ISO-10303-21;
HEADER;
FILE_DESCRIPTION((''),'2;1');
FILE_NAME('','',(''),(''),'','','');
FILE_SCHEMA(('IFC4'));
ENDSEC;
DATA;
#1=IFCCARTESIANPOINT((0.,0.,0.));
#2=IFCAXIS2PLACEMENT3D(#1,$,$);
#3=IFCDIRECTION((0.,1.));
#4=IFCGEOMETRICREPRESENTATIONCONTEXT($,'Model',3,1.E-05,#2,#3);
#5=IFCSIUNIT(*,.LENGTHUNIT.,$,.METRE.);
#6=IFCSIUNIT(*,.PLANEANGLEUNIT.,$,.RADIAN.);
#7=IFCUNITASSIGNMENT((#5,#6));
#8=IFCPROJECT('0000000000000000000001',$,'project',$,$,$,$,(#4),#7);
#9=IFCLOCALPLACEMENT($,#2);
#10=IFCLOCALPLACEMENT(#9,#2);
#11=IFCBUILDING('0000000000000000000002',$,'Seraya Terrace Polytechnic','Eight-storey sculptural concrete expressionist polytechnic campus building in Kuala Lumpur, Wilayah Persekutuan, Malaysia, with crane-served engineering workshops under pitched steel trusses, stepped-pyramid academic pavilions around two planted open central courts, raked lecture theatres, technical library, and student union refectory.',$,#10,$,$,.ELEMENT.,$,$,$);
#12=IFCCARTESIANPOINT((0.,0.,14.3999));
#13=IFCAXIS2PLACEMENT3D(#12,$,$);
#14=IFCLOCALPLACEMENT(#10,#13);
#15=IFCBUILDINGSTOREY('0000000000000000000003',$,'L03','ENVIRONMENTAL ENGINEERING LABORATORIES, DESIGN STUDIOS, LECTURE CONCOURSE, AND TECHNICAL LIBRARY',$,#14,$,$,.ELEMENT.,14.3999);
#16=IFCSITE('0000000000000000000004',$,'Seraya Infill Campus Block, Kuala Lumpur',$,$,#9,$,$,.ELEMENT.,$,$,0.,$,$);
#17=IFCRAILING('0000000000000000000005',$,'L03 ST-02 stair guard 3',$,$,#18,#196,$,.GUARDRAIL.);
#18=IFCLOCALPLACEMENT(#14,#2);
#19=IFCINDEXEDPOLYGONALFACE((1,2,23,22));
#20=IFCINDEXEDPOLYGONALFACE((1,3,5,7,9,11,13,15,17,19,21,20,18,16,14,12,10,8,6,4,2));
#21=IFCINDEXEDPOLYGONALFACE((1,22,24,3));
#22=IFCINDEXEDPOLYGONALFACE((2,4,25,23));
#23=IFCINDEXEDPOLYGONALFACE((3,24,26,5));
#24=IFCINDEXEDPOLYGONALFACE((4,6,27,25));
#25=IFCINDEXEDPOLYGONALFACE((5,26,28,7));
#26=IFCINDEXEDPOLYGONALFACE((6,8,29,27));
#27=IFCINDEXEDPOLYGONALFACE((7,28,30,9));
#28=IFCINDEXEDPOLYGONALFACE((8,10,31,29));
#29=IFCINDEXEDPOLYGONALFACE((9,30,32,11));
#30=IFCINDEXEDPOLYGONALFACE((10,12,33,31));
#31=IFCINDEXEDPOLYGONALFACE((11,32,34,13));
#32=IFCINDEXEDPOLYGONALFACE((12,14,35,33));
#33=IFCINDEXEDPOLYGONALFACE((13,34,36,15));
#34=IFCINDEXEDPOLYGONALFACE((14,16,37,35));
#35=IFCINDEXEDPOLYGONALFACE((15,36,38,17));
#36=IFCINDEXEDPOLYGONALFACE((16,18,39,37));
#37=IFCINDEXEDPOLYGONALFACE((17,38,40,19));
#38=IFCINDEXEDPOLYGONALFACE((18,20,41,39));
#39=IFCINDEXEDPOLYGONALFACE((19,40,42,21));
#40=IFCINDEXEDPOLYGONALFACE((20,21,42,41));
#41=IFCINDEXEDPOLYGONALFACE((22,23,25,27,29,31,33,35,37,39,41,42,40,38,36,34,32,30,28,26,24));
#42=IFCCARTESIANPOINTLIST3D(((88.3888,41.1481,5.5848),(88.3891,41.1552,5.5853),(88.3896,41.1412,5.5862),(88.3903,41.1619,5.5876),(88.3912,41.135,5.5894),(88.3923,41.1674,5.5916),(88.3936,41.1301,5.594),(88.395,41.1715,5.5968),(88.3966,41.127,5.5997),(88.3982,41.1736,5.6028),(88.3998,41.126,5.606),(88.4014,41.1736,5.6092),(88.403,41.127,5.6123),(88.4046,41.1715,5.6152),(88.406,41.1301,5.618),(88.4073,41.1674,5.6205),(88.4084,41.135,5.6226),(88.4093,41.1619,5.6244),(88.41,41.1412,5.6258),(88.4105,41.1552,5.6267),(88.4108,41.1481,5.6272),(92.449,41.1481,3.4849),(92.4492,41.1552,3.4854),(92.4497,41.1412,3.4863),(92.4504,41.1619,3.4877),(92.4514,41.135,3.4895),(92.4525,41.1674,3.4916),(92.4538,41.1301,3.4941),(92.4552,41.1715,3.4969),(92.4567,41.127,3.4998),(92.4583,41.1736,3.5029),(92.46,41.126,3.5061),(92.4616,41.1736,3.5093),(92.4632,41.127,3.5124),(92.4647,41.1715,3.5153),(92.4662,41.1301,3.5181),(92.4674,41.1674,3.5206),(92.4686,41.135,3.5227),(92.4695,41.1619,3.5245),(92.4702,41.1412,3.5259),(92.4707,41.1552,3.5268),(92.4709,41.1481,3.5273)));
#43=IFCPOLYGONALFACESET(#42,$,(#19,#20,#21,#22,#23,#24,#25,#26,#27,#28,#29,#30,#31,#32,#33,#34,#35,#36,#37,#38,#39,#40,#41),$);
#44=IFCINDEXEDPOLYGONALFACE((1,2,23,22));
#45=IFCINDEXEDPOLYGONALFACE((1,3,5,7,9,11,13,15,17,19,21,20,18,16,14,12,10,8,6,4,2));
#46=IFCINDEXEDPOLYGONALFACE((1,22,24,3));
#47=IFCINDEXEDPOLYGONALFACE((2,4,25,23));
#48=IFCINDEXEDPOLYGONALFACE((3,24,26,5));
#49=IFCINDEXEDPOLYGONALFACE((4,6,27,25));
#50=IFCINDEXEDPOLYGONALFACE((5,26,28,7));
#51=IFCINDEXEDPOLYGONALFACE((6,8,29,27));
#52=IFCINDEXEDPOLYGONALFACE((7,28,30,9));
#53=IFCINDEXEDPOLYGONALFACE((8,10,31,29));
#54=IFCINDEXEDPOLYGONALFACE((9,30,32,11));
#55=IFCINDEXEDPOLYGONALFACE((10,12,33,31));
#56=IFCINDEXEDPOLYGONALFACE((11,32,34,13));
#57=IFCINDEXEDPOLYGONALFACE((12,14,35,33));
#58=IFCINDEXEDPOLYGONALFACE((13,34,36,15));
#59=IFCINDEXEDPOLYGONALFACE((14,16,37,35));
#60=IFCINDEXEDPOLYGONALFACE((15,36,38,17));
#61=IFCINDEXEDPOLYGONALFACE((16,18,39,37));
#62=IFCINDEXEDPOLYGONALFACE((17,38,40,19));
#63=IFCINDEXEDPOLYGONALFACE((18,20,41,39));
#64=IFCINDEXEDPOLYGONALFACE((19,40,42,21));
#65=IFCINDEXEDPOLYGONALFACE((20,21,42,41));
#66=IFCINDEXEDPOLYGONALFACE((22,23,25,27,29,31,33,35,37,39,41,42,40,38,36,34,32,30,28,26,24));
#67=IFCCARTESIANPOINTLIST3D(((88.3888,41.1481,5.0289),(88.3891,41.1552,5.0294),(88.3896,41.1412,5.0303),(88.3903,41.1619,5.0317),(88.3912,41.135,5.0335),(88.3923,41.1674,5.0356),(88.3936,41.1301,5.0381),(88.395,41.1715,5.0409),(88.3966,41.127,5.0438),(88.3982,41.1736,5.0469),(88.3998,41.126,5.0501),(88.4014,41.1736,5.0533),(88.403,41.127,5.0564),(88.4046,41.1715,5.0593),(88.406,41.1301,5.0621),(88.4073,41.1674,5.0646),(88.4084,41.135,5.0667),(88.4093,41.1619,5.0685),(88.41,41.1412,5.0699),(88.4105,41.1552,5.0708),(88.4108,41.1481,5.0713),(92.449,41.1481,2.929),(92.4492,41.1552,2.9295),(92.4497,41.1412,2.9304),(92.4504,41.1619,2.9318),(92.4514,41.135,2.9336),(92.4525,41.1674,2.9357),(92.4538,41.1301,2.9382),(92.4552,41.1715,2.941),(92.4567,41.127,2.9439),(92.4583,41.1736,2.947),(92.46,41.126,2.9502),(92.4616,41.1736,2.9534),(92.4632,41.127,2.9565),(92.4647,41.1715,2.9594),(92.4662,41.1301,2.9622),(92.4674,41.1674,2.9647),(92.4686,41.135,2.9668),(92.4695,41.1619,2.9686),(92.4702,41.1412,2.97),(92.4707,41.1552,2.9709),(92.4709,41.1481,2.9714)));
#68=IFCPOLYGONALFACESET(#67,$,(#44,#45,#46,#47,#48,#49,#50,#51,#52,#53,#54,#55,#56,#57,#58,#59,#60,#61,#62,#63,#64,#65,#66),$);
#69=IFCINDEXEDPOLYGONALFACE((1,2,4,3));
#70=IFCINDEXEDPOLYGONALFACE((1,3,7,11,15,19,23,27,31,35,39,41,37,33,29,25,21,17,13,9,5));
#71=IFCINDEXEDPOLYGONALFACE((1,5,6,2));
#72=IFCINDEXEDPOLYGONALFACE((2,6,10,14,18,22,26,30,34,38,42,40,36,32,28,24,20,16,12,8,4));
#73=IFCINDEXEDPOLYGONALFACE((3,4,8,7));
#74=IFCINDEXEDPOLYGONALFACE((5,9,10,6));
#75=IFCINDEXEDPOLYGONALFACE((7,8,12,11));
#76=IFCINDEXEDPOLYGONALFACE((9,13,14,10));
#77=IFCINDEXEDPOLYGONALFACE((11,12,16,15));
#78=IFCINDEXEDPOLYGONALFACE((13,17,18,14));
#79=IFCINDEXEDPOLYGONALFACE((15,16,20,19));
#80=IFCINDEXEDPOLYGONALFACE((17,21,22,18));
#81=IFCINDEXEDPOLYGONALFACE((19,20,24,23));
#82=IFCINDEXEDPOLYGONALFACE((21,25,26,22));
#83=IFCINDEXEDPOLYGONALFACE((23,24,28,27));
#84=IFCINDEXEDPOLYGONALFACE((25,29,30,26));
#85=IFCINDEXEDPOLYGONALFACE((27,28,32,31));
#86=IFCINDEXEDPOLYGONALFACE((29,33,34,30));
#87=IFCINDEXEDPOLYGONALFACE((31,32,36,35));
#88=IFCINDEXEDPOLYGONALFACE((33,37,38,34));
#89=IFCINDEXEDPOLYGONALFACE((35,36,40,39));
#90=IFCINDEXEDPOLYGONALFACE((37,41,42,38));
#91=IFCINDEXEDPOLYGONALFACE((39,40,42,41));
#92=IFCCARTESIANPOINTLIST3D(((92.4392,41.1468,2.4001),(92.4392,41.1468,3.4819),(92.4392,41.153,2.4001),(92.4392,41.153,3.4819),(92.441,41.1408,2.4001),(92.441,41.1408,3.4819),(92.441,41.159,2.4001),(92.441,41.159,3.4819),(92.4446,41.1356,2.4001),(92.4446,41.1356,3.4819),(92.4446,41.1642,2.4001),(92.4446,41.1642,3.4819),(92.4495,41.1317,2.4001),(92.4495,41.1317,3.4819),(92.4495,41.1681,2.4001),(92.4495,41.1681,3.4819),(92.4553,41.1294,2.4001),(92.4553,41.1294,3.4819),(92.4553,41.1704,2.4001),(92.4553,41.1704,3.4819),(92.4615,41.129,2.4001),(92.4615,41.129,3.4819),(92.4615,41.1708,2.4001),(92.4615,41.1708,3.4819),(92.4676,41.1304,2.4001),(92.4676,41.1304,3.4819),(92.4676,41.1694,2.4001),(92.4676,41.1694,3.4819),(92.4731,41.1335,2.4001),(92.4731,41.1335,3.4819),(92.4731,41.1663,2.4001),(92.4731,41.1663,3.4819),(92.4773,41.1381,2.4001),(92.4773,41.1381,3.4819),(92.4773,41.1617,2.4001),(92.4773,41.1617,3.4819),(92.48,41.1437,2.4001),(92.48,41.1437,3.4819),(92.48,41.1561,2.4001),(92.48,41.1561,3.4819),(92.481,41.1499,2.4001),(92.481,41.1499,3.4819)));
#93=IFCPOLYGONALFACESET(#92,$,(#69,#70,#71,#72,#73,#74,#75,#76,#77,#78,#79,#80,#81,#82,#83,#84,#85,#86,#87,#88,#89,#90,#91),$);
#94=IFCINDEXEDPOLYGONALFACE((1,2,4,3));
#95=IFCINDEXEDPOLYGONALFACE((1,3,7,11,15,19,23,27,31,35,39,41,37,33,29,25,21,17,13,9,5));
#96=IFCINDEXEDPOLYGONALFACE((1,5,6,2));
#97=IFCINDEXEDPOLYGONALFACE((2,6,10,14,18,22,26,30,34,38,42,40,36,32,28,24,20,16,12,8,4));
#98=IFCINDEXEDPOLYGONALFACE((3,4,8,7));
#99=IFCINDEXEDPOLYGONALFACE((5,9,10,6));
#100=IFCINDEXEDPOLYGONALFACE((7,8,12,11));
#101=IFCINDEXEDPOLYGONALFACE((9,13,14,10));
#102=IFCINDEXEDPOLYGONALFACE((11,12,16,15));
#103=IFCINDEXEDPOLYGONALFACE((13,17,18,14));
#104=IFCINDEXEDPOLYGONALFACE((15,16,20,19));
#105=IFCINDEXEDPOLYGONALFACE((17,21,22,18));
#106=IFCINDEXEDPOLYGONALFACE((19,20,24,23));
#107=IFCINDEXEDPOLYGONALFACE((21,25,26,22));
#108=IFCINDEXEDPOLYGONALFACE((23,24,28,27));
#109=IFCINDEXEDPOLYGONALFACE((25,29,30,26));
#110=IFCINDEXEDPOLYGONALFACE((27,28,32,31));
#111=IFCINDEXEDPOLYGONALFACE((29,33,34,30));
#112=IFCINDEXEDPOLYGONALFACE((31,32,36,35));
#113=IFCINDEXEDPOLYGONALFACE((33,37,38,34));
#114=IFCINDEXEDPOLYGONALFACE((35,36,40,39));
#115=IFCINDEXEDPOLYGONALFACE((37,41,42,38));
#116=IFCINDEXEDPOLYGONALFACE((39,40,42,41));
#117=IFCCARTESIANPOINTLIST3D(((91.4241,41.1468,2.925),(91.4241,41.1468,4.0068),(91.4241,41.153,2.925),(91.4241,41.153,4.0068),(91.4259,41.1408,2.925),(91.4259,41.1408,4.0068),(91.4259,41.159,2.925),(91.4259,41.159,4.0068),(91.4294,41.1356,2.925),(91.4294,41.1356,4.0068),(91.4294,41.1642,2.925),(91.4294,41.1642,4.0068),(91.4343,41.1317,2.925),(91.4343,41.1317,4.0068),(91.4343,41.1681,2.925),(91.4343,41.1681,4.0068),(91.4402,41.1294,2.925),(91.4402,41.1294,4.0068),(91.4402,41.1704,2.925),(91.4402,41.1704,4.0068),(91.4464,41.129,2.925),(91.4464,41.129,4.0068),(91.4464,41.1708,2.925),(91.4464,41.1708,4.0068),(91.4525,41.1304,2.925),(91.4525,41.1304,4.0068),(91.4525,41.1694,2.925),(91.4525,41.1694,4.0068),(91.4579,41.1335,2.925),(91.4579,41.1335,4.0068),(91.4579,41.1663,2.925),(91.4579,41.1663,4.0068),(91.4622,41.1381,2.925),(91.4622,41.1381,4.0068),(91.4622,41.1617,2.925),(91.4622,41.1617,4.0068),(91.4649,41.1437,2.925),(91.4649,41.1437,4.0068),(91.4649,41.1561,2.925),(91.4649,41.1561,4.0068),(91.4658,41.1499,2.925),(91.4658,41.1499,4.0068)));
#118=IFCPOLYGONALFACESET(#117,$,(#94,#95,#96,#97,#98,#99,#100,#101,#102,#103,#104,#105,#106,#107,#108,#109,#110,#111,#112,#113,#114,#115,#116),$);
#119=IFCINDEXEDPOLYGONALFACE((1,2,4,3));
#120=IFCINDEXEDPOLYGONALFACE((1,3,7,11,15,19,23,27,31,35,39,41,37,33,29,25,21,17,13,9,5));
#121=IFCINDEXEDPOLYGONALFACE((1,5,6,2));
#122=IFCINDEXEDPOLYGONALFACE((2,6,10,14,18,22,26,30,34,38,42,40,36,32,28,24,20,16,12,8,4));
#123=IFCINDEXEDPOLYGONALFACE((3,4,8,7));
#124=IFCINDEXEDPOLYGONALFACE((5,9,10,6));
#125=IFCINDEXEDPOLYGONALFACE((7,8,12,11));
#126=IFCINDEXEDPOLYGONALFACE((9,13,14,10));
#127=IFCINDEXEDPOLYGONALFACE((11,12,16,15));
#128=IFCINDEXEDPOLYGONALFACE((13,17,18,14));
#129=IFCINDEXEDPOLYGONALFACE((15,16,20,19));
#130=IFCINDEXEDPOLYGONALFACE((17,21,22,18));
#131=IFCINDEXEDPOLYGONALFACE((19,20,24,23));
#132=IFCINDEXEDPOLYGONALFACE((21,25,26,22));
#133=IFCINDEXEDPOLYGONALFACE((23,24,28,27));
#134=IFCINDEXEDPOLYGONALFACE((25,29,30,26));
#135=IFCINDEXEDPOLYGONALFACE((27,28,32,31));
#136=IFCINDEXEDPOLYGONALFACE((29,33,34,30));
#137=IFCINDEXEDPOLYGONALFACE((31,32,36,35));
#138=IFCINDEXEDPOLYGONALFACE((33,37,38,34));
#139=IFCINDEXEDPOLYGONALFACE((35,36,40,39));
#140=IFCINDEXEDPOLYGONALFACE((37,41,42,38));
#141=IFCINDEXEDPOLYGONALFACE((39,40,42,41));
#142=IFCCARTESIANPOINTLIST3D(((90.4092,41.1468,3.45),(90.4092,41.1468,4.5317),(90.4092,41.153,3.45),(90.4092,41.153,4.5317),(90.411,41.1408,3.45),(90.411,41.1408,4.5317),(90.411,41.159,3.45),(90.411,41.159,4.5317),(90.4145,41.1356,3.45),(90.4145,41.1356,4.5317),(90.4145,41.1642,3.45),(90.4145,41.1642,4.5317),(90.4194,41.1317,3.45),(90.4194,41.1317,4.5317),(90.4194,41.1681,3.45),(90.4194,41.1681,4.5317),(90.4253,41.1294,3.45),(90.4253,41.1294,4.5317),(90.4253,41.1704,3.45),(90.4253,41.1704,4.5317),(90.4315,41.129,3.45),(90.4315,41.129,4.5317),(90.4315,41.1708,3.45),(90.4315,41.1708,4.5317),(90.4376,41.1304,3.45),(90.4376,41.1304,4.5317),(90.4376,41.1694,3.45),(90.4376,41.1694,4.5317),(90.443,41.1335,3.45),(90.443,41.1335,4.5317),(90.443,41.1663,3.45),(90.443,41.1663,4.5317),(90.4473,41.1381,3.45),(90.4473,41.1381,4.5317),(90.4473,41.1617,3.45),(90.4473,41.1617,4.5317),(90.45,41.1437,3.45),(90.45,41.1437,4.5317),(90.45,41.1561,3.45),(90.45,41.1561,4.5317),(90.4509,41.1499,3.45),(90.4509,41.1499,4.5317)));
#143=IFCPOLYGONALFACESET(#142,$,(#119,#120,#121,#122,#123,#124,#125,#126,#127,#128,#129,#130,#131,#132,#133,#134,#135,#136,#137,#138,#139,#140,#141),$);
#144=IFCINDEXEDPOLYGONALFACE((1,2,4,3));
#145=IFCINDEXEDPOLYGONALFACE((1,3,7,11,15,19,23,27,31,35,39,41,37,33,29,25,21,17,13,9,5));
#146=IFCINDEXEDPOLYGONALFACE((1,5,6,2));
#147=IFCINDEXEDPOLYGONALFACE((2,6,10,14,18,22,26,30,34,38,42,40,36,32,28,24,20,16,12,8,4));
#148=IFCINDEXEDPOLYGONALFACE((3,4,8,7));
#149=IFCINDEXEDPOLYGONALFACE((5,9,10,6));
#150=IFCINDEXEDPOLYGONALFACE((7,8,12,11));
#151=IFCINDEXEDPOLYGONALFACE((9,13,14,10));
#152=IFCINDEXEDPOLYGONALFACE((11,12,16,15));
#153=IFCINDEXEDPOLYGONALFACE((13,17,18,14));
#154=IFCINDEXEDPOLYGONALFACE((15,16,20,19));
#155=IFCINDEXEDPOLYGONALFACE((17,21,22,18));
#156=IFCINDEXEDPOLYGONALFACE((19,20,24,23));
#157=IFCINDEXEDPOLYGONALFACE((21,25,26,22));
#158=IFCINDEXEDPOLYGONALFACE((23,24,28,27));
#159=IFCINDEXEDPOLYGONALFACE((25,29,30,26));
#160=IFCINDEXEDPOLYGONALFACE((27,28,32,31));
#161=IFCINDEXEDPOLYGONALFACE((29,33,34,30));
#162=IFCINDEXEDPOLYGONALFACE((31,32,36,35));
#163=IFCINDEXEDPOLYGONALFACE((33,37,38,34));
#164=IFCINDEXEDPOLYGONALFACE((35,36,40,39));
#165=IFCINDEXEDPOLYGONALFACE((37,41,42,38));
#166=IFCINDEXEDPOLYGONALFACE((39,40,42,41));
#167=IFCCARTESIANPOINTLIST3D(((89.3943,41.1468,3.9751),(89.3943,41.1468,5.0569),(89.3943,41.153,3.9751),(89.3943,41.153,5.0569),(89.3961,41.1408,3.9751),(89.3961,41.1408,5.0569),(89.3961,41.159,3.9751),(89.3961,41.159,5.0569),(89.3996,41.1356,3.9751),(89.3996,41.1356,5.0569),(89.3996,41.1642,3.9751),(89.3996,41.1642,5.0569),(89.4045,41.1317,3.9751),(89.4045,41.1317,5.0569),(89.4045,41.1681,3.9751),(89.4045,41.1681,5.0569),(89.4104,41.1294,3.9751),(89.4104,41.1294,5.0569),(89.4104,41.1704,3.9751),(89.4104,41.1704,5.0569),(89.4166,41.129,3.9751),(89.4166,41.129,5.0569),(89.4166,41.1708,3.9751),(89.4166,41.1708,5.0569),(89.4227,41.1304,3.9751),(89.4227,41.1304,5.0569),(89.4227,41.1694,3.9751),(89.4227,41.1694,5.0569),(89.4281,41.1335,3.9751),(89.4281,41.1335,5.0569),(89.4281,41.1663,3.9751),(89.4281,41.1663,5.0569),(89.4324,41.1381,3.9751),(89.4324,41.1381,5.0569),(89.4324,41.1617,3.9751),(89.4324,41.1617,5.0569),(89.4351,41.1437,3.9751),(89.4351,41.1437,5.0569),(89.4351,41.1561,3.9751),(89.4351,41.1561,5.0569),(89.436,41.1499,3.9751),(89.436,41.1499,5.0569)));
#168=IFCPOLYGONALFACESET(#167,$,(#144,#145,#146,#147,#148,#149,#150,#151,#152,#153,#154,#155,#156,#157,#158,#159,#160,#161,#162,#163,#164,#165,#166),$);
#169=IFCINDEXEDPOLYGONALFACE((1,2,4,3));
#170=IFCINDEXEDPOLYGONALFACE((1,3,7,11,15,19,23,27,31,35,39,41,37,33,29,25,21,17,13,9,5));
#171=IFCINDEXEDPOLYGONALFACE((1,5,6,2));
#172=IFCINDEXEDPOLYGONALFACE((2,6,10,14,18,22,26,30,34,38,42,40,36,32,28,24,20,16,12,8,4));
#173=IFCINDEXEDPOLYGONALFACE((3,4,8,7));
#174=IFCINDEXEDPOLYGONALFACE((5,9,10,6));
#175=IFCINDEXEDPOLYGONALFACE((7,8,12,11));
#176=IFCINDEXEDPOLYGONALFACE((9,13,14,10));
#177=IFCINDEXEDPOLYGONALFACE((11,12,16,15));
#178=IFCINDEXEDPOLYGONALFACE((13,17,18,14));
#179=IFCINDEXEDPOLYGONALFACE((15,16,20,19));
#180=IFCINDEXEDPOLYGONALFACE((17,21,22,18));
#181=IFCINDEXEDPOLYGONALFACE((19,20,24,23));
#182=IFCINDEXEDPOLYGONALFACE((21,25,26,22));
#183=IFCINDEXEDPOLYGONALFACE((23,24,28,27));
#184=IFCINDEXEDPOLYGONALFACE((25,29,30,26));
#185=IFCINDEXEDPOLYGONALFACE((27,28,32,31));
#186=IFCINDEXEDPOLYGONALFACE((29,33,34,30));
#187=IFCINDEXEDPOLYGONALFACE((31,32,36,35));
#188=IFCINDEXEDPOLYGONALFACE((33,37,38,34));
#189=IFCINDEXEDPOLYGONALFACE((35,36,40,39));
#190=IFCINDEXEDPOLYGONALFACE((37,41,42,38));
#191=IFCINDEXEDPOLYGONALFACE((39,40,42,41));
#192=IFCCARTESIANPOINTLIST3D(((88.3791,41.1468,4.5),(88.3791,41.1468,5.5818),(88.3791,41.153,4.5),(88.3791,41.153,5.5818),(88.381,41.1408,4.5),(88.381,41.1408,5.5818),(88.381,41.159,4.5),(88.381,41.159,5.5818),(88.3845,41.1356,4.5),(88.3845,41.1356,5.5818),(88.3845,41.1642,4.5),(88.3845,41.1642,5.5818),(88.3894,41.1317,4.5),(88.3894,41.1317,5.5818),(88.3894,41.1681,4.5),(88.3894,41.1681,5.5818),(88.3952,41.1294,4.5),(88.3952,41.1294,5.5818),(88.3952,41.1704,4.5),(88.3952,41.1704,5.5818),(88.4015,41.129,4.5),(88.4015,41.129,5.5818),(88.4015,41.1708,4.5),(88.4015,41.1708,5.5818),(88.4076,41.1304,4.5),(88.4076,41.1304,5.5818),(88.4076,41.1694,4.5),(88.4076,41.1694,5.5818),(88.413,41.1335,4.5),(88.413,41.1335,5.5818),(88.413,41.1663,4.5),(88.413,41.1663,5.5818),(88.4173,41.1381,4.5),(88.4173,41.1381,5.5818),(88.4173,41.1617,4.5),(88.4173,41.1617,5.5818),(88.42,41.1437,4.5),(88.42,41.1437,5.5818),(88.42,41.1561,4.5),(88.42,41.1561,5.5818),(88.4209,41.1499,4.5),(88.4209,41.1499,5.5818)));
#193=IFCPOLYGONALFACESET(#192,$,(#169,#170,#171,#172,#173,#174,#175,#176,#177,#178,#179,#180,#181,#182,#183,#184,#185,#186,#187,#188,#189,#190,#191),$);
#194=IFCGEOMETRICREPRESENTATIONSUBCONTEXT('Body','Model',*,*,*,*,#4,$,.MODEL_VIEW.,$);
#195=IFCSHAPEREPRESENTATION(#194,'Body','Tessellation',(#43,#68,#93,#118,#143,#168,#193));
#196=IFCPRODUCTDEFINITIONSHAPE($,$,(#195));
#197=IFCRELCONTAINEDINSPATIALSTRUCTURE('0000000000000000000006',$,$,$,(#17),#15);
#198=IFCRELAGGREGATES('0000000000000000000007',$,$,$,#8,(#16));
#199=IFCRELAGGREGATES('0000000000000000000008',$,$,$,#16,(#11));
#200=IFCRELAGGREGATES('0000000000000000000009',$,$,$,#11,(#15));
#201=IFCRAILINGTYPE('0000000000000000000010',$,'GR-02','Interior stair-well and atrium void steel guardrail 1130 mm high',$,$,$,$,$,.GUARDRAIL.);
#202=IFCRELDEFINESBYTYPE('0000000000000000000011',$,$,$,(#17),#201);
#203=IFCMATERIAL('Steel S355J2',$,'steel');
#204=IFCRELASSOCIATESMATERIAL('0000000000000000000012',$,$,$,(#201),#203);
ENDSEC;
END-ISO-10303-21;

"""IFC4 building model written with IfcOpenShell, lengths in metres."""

from ifc_helpers import new_model, si_unit, direction, frame, origin, origin_2d, place, context, subcontext, project, spatial, circle, extrude, material, type_object, element, save


model = new_model("IFC4")

# Units and contexts
model_context = context("Model", 3, precision=1e-05, world=origin(), true_north=direction((0.0, 1.0)))
body_context = subcontext(model_context, "Body", "Model", "MODEL_VIEW")
ifc_project = project(units=[si_unit("LENGTHUNIT", "METRE"), si_unit("PLANEANGLEUNIT", "RADIAN")], contexts=[model_context])

# Site, building, storey
site_placement = place(None, origin())
site = spatial("IfcSite", under=ifc_project, at=site_placement, Name="Seraya Infill Campus Block, Kuala Lumpur", CompositionType="ELEMENT", RefElevation=0.0)
building_placement = place(site_placement, origin())
building = spatial("IfcBuilding", under=site, at=building_placement, Name="Seraya Terrace Polytechnic", Description="Eight-storey sculptural concrete expressionist polytechnic campus building in Kuala Lumpur, Wilayah Persekutuan, Malaysia, with crane-served engineering workshops under pitched steel trusses, stepped-pyramid academic pavilions around two planted open central courts, raked lecture theatres, technical library, and student union refectory.", CompositionType="ELEMENT")
storey_placement = place(building_placement, frame((0.0, 0.0, 14.3999)))
storey = spatial("IfcBuildingStorey", under=building, at=storey_placement, Name="L03", Description="ENVIRONMENTAL ENGINEERING LABORATORIES, DESIGN STUDIOS, LECTURE CONCOURSE, AND TECHNICAL LIBRARY", CompositionType="ELEMENT", Elevation=14.3999)

# Shared definitions
ifc_material_1 = material(Name="Steel S355J2", Category="steel")

# Railing
railing_type_1 = type_object("IfcRailingType", Name="GR-02", Description="Interior stair-well and atrium void steel guardrail 1130 mm high", PredefinedType="GUARDRAIL", material=ifc_material_1)
railing_1_placement = place(storey_placement, frame((92.46, 41.1499, 2.4001)))
element("IfcRailing", 1, at=railing_1_placement, inside=storey, type_object=railing_type_1, Name="L03 ST-02 stair guard 3", PredefinedType="GUARDRAIL", context=body_context, shape_type="SweptSolid", body=[
    extrude(circle(Radius=0.0239, at=origin_2d()), frame((0.0, 0.0, 1.106), z_axis=(-0.888233, 0.0, 0.459392), x_axis=(0.0, -1.0, 0.0)), (0.0, 0.0, 1.0), 4.571),
    extrude(circle(Radius=0.0239, at=origin_2d()), frame((0.0, 0.0, 0.55), z_axis=(-0.888233, 0.0, 0.459392), x_axis=(0.0, -1.0, 0.0)), (0.0, 0.0, 1.0), 4.571),
    extrude(circle(Radius=0.021, at=origin_2d()), origin(), (0.0, 0.0, 1.0), 1.0818),
    extrude(circle(Radius=0.021, at=origin_2d()), frame((-1.0151, 0.0, 0.5249)), (0.0, 0.0, 1.0), 1.0818),
    extrude(circle(Radius=0.021, at=origin_2d()), frame((-2.03, 0.0, 1.0498)), (0.0, 0.0, 1.0), 1.0818),
    extrude(circle(Radius=0.021, at=origin_2d()), frame((-3.0449, 0.0, 1.575)), (0.0, 0.0, 1.0), 1.0818),
    extrude(circle(Radius=0.021, at=origin_2d()), frame((-4.0601, 0.0, 2.0999)), (0.0, 0.0, 1.0), 1.0818),
])

save(model, "model.ifc")
